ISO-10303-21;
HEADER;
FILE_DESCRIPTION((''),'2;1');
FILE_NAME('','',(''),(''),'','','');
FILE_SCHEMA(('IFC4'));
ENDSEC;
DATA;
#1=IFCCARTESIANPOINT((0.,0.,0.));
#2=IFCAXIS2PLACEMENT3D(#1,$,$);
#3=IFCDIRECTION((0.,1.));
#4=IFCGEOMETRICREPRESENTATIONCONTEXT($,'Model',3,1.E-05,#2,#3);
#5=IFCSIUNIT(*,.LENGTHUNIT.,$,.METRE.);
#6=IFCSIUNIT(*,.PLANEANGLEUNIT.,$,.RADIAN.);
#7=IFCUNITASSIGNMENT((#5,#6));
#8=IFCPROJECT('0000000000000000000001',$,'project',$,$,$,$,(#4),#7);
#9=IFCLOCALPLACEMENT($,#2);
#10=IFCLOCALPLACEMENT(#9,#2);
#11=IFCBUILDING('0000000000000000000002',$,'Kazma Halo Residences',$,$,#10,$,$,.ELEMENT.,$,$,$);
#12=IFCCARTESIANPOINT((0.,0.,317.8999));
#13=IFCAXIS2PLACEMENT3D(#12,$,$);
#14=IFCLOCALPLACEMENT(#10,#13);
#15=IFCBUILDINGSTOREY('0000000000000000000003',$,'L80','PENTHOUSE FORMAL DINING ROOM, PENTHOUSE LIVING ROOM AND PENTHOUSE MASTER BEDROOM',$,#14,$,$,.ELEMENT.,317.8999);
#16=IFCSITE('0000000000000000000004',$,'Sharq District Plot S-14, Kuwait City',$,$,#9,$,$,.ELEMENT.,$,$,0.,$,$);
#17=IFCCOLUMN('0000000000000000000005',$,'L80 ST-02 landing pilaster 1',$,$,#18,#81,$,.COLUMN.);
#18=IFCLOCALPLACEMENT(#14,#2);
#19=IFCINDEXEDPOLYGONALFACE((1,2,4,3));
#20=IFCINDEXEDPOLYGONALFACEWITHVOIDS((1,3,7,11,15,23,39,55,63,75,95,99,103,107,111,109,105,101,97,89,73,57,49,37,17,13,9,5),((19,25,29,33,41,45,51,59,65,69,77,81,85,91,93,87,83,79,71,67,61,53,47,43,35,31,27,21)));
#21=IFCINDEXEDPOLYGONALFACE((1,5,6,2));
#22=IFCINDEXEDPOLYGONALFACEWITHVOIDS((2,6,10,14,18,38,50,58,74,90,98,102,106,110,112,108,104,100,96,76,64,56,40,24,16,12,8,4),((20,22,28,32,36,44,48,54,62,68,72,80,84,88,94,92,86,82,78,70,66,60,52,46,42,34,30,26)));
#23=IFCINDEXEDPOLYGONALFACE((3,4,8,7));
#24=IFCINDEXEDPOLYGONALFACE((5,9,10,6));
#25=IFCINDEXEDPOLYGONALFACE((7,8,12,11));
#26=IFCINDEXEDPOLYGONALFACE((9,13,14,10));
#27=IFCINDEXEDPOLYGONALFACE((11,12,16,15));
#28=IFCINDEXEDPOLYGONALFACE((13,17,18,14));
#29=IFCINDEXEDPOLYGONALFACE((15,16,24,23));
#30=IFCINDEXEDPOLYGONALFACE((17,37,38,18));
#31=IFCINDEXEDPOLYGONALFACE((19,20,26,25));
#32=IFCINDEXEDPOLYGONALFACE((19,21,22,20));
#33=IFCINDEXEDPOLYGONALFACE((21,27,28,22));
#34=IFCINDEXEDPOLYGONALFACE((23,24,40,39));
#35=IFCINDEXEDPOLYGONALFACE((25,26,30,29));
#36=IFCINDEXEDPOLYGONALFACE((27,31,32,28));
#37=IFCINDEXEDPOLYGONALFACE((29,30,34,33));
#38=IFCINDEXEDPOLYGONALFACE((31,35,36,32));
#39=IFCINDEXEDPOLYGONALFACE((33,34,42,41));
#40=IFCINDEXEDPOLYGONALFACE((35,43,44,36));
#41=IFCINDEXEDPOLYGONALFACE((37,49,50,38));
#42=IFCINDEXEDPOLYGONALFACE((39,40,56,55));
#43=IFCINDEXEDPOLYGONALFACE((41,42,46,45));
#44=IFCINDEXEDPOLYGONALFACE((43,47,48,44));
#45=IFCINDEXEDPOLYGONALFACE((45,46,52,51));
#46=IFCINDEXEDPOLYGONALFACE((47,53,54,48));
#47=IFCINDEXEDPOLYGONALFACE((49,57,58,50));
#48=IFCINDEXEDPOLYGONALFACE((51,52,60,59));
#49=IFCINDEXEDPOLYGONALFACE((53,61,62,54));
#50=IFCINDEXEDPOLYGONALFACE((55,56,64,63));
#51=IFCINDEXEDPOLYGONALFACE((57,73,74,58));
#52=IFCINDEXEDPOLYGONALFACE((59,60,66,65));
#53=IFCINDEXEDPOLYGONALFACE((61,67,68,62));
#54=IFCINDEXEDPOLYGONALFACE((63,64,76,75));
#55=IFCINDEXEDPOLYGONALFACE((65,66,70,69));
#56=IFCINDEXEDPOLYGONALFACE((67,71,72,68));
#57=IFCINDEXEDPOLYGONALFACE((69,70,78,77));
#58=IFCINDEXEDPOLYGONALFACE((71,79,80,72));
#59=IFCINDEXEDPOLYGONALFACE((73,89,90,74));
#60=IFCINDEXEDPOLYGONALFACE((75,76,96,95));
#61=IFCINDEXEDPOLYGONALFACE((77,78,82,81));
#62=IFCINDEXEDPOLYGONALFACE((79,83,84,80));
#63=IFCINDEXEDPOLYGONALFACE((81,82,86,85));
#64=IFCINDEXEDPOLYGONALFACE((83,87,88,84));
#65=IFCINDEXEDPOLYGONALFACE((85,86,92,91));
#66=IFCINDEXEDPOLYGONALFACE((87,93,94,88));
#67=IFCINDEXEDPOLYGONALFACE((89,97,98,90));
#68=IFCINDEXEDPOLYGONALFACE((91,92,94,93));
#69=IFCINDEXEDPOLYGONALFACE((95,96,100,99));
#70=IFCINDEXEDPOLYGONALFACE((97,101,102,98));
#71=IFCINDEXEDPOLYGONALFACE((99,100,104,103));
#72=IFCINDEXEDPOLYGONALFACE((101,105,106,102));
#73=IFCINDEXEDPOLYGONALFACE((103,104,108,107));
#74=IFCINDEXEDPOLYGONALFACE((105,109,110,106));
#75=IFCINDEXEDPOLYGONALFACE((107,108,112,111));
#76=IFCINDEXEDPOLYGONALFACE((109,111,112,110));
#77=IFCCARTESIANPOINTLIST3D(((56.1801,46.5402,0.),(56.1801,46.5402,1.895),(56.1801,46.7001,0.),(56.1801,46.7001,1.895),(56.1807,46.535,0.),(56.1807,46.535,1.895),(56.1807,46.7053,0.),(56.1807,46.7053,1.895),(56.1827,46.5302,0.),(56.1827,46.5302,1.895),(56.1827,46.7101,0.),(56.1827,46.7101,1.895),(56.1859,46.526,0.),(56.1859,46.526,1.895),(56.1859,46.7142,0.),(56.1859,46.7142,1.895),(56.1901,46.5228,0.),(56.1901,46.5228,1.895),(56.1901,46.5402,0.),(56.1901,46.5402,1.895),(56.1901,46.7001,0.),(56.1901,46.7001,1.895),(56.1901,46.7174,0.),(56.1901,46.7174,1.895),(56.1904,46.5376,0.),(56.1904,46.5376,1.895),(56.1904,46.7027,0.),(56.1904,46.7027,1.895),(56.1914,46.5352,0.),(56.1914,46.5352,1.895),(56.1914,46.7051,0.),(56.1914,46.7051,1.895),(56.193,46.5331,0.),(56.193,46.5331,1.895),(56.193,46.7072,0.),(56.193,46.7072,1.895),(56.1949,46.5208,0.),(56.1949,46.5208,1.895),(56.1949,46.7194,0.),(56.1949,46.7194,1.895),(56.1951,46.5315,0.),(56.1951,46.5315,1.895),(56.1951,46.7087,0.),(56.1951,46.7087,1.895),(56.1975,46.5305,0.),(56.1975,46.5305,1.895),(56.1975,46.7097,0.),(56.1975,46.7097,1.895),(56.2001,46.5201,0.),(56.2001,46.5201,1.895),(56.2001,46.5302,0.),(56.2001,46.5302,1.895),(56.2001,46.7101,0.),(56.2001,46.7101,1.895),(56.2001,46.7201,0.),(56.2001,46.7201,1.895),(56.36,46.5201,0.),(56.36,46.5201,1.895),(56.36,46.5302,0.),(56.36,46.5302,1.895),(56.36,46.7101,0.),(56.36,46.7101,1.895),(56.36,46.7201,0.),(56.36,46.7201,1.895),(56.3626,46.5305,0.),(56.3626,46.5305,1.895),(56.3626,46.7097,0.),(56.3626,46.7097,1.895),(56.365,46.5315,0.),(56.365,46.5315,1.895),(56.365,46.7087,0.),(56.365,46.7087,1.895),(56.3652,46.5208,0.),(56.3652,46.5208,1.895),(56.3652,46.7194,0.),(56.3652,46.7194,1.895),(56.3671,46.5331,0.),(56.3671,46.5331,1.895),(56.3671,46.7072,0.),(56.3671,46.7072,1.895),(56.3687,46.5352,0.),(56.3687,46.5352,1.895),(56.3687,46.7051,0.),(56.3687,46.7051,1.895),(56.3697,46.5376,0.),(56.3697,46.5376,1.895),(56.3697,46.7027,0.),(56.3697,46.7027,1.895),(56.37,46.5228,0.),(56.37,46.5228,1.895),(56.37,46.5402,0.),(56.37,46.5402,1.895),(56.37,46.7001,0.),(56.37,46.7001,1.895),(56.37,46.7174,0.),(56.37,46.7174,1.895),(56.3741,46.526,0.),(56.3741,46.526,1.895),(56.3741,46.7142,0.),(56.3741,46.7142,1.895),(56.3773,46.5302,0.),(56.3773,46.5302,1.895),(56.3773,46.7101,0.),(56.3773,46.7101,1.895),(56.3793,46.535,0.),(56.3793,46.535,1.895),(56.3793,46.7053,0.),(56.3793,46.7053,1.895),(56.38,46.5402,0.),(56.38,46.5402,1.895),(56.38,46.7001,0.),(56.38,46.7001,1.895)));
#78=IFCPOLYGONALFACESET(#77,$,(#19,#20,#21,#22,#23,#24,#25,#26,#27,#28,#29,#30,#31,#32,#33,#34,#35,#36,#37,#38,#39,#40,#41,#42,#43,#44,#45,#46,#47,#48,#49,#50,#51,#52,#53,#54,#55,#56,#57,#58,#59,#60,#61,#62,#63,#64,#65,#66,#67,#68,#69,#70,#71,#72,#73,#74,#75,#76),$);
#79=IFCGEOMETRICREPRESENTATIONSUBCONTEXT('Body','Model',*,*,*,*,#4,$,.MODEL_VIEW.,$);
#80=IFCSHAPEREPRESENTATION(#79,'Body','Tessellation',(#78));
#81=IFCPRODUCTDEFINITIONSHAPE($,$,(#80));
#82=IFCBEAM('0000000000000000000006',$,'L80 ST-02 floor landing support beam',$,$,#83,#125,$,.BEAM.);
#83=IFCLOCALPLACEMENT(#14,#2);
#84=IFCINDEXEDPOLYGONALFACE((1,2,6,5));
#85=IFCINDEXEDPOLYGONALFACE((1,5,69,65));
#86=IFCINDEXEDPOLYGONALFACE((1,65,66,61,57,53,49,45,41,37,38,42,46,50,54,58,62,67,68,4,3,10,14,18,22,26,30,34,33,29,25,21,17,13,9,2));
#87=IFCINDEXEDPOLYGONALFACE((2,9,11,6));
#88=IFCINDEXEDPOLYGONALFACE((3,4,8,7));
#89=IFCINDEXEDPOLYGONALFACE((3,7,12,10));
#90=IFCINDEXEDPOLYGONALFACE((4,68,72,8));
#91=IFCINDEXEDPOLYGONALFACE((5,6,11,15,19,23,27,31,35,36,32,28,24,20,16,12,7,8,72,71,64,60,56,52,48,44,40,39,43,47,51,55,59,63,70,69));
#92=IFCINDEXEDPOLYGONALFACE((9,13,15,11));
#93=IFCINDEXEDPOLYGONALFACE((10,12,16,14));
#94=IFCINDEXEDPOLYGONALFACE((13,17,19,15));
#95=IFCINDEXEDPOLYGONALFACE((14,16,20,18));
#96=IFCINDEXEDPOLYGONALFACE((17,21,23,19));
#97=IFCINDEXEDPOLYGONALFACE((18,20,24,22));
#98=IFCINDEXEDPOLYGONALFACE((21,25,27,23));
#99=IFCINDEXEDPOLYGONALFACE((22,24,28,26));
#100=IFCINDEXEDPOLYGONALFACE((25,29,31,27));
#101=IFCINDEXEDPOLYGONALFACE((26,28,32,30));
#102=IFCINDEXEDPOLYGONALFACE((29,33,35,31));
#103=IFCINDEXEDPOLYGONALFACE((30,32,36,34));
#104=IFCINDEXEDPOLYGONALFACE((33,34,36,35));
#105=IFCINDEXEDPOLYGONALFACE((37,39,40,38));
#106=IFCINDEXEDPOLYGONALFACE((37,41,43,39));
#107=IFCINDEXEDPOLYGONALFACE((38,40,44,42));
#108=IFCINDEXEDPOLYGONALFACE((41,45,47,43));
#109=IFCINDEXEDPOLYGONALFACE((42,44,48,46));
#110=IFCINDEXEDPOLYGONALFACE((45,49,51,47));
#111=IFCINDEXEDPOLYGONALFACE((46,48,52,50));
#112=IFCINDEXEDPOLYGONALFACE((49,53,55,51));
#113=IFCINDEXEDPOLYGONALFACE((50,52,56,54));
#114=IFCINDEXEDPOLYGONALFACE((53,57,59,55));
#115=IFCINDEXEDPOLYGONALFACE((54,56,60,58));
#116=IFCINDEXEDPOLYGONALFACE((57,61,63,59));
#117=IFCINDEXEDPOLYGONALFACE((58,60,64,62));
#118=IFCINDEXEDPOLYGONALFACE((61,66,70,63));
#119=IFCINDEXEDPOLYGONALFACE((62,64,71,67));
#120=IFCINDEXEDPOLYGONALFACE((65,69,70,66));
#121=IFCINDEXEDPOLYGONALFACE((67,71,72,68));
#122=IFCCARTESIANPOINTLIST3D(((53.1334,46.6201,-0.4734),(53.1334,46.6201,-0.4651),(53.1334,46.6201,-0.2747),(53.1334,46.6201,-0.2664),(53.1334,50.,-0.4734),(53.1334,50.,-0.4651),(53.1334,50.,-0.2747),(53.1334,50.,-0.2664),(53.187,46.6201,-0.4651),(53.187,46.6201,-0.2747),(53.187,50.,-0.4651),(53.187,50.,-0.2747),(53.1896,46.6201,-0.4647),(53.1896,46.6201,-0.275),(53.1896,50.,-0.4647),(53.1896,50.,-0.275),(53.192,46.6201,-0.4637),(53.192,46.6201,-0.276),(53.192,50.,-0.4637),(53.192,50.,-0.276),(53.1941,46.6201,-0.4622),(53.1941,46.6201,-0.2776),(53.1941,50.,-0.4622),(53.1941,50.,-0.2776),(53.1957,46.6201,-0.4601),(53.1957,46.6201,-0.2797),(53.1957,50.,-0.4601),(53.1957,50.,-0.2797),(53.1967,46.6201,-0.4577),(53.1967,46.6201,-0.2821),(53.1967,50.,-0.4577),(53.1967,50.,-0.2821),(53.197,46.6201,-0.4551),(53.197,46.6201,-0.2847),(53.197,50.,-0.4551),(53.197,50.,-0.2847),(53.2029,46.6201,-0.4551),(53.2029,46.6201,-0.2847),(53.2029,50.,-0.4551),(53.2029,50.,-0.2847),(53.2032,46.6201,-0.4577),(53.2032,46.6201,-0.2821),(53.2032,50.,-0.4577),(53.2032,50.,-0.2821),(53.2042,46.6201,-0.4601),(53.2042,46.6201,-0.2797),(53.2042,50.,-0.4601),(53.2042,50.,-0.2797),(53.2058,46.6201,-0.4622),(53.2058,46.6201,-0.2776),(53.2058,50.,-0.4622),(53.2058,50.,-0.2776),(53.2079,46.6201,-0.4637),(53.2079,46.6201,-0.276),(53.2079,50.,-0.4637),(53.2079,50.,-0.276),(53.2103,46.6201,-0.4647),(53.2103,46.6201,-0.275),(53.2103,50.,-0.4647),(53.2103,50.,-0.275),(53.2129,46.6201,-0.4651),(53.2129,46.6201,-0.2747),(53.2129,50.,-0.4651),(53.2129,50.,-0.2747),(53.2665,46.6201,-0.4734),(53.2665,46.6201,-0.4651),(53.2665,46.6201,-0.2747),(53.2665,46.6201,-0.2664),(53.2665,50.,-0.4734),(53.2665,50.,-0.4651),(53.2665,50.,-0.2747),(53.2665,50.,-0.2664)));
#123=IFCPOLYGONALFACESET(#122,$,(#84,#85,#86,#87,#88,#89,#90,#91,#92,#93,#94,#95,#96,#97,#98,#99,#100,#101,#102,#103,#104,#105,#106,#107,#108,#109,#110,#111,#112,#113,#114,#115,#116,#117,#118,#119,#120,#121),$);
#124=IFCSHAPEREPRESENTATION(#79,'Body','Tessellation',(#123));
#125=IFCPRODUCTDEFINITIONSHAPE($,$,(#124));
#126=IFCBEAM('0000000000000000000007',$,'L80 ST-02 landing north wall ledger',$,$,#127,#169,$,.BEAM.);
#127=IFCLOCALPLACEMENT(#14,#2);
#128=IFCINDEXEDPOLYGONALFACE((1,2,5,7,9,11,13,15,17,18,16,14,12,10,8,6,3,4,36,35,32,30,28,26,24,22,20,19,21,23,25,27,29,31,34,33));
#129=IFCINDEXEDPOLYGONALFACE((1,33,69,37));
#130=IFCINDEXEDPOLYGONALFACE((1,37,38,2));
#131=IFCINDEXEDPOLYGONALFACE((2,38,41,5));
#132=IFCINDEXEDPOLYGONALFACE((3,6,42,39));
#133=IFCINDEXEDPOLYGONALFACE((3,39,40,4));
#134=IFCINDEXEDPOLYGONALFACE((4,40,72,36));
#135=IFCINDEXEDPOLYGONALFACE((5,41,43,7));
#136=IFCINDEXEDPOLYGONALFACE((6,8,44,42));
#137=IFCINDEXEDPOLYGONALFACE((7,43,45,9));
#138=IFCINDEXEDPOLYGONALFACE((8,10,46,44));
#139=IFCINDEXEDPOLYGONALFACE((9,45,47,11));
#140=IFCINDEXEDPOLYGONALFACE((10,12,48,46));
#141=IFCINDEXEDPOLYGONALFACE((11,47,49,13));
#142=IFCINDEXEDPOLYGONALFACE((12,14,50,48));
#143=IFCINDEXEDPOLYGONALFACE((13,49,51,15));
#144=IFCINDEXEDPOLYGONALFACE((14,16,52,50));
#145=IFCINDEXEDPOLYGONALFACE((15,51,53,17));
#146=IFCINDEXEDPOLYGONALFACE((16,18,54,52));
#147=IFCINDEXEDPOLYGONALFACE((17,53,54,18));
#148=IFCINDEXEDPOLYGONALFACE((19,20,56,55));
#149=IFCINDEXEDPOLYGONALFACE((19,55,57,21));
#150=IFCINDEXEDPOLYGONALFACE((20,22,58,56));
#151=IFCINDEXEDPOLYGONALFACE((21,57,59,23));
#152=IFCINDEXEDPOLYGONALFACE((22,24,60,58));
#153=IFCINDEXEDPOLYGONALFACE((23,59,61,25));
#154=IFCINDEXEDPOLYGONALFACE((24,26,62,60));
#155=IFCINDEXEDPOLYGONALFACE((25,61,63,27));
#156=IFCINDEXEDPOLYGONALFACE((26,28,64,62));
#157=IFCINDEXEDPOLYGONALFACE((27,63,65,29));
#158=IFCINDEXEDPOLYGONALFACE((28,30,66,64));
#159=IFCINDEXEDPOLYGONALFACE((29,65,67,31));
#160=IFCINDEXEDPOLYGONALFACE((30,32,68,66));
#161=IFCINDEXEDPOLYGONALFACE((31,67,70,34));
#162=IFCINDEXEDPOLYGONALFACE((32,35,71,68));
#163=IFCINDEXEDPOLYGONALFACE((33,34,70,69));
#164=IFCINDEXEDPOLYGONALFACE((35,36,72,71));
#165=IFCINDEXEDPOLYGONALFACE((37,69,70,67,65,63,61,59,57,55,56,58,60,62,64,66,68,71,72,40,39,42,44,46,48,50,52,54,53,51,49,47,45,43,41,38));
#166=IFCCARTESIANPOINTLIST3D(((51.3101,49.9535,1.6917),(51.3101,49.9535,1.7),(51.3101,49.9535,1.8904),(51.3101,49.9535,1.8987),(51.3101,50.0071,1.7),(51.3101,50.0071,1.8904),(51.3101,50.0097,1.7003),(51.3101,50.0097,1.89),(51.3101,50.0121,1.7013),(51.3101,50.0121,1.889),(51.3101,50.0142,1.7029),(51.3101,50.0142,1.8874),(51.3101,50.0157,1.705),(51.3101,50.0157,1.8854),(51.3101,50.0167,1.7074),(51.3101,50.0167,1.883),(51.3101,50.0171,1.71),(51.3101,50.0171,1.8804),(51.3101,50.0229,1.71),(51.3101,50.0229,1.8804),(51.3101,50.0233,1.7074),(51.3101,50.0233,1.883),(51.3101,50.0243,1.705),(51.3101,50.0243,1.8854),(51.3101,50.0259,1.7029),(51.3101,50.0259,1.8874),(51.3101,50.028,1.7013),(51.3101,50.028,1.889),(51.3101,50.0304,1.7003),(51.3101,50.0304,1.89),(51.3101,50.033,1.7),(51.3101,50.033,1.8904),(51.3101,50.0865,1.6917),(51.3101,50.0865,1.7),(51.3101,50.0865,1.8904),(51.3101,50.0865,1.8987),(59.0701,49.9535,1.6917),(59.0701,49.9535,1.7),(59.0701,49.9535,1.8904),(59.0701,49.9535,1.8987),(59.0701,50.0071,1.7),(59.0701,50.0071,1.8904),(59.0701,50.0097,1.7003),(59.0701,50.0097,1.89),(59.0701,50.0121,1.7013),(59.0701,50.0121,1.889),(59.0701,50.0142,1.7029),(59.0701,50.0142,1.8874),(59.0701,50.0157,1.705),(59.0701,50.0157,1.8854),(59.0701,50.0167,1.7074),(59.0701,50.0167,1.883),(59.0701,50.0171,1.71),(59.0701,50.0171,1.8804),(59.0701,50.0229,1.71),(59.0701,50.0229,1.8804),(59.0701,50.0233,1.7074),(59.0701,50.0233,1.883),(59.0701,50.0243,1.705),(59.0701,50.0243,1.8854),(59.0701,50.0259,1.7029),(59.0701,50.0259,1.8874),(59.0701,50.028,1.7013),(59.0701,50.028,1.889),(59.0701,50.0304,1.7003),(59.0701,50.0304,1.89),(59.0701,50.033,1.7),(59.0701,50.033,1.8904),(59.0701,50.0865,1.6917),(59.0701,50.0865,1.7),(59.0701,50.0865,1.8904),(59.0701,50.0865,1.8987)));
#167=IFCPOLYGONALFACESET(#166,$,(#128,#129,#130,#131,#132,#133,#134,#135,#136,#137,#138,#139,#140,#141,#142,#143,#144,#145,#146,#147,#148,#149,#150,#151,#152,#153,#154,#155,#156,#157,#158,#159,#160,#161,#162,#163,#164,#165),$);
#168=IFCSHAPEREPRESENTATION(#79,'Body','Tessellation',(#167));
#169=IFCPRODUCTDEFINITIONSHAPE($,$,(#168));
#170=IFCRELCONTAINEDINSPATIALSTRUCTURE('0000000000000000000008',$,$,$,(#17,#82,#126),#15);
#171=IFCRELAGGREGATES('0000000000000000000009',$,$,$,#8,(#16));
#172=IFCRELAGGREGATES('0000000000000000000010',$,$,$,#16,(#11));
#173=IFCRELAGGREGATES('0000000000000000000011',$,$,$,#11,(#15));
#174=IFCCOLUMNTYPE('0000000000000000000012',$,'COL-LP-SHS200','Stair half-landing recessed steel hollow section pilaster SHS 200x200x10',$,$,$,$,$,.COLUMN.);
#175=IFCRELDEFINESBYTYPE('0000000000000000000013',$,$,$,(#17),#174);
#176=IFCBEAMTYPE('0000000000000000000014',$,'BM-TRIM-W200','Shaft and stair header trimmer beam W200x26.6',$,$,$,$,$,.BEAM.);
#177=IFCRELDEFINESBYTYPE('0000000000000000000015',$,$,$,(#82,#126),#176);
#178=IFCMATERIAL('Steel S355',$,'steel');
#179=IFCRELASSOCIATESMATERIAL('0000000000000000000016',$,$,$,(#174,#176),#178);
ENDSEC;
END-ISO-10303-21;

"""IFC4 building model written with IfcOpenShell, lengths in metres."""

from ifc_helpers import new_model, si_unit, direction, frame, origin, origin_2d, place, context, subcontext, project, spatial, hollow_rectangle, i_section, extrude, material, material_profile, profile_set, type_object, element, save


model = new_model("IFC4")

# Units and contexts
model_context = context("Model", 3, precision=1e-05, world=origin(), true_north=direction((0.0, 1.0)))
body_context = subcontext(model_context, "Body", "Model", "MODEL_VIEW")
ifc_project = project(units=[si_unit("LENGTHUNIT", "METRE"), si_unit("PLANEANGLEUNIT", "RADIAN")], contexts=[model_context])

# Site, building, storey
site_placement = place(None, origin())
site = spatial("IfcSite", under=ifc_project, at=site_placement, Name="Sharq District Plot S-14, Kuwait City", CompositionType="ELEMENT", RefElevation=0.0)
building_placement = place(site_placement, origin())
building = spatial("IfcBuilding", under=site, at=building_placement, Name="Kazma Halo Residences", CompositionType="ELEMENT")
storey_placement = place(building_placement, frame((0.0, 0.0, 317.8999)))
storey = spatial("IfcBuildingStorey", under=building, at=storey_placement, Name="L80", Description="PENTHOUSE FORMAL DINING ROOM, PENTHOUSE LIVING ROOM AND PENTHOUSE MASTER BEDROOM", CompositionType="ELEMENT", Elevation=317.8999)

# Column
ifc_material_1 = material(Name="Steel S355", Category="steel")
ifc_material_profile_1 = material_profile(ifc_material_1, hollow_rectangle(XDim=0.2, YDim=0.2, WallThickness=0.01, InnerFilletRadius=0.01, OuterFilletRadius=0.02, at=origin_2d()), Name="SHS200x200x10")
ifc_profile_set_1 = profile_set([ifc_material_profile_1], Name="Steel S355")
column_type = type_object("IfcColumnType", Name="COL-LP-SHS200", Description="Stair half-landing recessed steel hollow section pilaster SHS 200x200x10", PredefinedType="COLUMN", material=ifc_profile_set_1)
column_placement = place(storey_placement, frame((56.28, 46.6201, 0.0), z_axis=(0.0, 0.0, 1.0), x_axis=(1.0, 0.0, 0.0)))
element("IfcColumn", 1, at=column_placement, inside=storey, type_object=column_type, Name="L80 ST-02 landing pilaster 1", PredefinedType="COLUMN", context=body_context, shape_type="SweptSolid", body=[
    extrude(hollow_rectangle(XDim=0.2, YDim=0.2, WallThickness=0.01, InnerFilletRadius=0.01, OuterFilletRadius=0.02, at=origin_2d()), origin(), (0.0, 0.0, 1.0), 1.895),
])

# Beams
ifc_material_profile_2 = material_profile(ifc_material_1, i_section(OverallWidth=0.1331, OverallDepth=0.207, WebThickness=0.0059, FlangeThickness=0.0083, FilletRadius=0.01, at=origin_2d()), Name="W200x26.6")
ifc_profile_set_2 = profile_set([ifc_material_profile_2], Name="Steel S355")
beam_type = type_object("IfcBeamType", Name="BM-TRIM-W200", Description="Shaft and stair header trimmer beam W200x26.6", PredefinedType="BEAM", material=ifc_profile_set_2)
beam_1_placement = place(storey_placement, frame((53.2, 46.6201, -0.3699), z_axis=(0.0, 1.0, 0.0), x_axis=(-1.0, 0.0, 0.0)))
element("IfcBeam", 2, at=beam_1_placement, inside=storey, type_object=beam_type, Name="L80 ST-02 floor landing support beam", PredefinedType="BEAM", context=body_context, shape_type="SweptSolid", body=[
    extrude(i_section(OverallWidth=0.1331, OverallDepth=0.207, WebThickness=0.0059, FlangeThickness=0.0083, FilletRadius=0.01, at=origin_2d()), origin(), (0.0, 0.0, 1.0), 3.3799),
])
beam_2_placement = place(storey_placement, frame((51.3101, 50.02, 1.7952), z_axis=(1.0, 0.0, 0.0), x_axis=(0.0, 1.0, 0.0)))
element("IfcBeam", 3, at=beam_2_placement, inside=storey, type_object=beam_type, Name="L80 ST-02 landing north wall ledger", PredefinedType="BEAM", context=body_context, shape_type="SweptSolid", body=[
    extrude(i_section(OverallWidth=0.1331, OverallDepth=0.207, WebThickness=0.0059, FlangeThickness=0.0083, FilletRadius=0.01, at=origin_2d()), origin(), (0.0, 0.0, 1.0), 7.76),
])

save(model, "model.ifc")
